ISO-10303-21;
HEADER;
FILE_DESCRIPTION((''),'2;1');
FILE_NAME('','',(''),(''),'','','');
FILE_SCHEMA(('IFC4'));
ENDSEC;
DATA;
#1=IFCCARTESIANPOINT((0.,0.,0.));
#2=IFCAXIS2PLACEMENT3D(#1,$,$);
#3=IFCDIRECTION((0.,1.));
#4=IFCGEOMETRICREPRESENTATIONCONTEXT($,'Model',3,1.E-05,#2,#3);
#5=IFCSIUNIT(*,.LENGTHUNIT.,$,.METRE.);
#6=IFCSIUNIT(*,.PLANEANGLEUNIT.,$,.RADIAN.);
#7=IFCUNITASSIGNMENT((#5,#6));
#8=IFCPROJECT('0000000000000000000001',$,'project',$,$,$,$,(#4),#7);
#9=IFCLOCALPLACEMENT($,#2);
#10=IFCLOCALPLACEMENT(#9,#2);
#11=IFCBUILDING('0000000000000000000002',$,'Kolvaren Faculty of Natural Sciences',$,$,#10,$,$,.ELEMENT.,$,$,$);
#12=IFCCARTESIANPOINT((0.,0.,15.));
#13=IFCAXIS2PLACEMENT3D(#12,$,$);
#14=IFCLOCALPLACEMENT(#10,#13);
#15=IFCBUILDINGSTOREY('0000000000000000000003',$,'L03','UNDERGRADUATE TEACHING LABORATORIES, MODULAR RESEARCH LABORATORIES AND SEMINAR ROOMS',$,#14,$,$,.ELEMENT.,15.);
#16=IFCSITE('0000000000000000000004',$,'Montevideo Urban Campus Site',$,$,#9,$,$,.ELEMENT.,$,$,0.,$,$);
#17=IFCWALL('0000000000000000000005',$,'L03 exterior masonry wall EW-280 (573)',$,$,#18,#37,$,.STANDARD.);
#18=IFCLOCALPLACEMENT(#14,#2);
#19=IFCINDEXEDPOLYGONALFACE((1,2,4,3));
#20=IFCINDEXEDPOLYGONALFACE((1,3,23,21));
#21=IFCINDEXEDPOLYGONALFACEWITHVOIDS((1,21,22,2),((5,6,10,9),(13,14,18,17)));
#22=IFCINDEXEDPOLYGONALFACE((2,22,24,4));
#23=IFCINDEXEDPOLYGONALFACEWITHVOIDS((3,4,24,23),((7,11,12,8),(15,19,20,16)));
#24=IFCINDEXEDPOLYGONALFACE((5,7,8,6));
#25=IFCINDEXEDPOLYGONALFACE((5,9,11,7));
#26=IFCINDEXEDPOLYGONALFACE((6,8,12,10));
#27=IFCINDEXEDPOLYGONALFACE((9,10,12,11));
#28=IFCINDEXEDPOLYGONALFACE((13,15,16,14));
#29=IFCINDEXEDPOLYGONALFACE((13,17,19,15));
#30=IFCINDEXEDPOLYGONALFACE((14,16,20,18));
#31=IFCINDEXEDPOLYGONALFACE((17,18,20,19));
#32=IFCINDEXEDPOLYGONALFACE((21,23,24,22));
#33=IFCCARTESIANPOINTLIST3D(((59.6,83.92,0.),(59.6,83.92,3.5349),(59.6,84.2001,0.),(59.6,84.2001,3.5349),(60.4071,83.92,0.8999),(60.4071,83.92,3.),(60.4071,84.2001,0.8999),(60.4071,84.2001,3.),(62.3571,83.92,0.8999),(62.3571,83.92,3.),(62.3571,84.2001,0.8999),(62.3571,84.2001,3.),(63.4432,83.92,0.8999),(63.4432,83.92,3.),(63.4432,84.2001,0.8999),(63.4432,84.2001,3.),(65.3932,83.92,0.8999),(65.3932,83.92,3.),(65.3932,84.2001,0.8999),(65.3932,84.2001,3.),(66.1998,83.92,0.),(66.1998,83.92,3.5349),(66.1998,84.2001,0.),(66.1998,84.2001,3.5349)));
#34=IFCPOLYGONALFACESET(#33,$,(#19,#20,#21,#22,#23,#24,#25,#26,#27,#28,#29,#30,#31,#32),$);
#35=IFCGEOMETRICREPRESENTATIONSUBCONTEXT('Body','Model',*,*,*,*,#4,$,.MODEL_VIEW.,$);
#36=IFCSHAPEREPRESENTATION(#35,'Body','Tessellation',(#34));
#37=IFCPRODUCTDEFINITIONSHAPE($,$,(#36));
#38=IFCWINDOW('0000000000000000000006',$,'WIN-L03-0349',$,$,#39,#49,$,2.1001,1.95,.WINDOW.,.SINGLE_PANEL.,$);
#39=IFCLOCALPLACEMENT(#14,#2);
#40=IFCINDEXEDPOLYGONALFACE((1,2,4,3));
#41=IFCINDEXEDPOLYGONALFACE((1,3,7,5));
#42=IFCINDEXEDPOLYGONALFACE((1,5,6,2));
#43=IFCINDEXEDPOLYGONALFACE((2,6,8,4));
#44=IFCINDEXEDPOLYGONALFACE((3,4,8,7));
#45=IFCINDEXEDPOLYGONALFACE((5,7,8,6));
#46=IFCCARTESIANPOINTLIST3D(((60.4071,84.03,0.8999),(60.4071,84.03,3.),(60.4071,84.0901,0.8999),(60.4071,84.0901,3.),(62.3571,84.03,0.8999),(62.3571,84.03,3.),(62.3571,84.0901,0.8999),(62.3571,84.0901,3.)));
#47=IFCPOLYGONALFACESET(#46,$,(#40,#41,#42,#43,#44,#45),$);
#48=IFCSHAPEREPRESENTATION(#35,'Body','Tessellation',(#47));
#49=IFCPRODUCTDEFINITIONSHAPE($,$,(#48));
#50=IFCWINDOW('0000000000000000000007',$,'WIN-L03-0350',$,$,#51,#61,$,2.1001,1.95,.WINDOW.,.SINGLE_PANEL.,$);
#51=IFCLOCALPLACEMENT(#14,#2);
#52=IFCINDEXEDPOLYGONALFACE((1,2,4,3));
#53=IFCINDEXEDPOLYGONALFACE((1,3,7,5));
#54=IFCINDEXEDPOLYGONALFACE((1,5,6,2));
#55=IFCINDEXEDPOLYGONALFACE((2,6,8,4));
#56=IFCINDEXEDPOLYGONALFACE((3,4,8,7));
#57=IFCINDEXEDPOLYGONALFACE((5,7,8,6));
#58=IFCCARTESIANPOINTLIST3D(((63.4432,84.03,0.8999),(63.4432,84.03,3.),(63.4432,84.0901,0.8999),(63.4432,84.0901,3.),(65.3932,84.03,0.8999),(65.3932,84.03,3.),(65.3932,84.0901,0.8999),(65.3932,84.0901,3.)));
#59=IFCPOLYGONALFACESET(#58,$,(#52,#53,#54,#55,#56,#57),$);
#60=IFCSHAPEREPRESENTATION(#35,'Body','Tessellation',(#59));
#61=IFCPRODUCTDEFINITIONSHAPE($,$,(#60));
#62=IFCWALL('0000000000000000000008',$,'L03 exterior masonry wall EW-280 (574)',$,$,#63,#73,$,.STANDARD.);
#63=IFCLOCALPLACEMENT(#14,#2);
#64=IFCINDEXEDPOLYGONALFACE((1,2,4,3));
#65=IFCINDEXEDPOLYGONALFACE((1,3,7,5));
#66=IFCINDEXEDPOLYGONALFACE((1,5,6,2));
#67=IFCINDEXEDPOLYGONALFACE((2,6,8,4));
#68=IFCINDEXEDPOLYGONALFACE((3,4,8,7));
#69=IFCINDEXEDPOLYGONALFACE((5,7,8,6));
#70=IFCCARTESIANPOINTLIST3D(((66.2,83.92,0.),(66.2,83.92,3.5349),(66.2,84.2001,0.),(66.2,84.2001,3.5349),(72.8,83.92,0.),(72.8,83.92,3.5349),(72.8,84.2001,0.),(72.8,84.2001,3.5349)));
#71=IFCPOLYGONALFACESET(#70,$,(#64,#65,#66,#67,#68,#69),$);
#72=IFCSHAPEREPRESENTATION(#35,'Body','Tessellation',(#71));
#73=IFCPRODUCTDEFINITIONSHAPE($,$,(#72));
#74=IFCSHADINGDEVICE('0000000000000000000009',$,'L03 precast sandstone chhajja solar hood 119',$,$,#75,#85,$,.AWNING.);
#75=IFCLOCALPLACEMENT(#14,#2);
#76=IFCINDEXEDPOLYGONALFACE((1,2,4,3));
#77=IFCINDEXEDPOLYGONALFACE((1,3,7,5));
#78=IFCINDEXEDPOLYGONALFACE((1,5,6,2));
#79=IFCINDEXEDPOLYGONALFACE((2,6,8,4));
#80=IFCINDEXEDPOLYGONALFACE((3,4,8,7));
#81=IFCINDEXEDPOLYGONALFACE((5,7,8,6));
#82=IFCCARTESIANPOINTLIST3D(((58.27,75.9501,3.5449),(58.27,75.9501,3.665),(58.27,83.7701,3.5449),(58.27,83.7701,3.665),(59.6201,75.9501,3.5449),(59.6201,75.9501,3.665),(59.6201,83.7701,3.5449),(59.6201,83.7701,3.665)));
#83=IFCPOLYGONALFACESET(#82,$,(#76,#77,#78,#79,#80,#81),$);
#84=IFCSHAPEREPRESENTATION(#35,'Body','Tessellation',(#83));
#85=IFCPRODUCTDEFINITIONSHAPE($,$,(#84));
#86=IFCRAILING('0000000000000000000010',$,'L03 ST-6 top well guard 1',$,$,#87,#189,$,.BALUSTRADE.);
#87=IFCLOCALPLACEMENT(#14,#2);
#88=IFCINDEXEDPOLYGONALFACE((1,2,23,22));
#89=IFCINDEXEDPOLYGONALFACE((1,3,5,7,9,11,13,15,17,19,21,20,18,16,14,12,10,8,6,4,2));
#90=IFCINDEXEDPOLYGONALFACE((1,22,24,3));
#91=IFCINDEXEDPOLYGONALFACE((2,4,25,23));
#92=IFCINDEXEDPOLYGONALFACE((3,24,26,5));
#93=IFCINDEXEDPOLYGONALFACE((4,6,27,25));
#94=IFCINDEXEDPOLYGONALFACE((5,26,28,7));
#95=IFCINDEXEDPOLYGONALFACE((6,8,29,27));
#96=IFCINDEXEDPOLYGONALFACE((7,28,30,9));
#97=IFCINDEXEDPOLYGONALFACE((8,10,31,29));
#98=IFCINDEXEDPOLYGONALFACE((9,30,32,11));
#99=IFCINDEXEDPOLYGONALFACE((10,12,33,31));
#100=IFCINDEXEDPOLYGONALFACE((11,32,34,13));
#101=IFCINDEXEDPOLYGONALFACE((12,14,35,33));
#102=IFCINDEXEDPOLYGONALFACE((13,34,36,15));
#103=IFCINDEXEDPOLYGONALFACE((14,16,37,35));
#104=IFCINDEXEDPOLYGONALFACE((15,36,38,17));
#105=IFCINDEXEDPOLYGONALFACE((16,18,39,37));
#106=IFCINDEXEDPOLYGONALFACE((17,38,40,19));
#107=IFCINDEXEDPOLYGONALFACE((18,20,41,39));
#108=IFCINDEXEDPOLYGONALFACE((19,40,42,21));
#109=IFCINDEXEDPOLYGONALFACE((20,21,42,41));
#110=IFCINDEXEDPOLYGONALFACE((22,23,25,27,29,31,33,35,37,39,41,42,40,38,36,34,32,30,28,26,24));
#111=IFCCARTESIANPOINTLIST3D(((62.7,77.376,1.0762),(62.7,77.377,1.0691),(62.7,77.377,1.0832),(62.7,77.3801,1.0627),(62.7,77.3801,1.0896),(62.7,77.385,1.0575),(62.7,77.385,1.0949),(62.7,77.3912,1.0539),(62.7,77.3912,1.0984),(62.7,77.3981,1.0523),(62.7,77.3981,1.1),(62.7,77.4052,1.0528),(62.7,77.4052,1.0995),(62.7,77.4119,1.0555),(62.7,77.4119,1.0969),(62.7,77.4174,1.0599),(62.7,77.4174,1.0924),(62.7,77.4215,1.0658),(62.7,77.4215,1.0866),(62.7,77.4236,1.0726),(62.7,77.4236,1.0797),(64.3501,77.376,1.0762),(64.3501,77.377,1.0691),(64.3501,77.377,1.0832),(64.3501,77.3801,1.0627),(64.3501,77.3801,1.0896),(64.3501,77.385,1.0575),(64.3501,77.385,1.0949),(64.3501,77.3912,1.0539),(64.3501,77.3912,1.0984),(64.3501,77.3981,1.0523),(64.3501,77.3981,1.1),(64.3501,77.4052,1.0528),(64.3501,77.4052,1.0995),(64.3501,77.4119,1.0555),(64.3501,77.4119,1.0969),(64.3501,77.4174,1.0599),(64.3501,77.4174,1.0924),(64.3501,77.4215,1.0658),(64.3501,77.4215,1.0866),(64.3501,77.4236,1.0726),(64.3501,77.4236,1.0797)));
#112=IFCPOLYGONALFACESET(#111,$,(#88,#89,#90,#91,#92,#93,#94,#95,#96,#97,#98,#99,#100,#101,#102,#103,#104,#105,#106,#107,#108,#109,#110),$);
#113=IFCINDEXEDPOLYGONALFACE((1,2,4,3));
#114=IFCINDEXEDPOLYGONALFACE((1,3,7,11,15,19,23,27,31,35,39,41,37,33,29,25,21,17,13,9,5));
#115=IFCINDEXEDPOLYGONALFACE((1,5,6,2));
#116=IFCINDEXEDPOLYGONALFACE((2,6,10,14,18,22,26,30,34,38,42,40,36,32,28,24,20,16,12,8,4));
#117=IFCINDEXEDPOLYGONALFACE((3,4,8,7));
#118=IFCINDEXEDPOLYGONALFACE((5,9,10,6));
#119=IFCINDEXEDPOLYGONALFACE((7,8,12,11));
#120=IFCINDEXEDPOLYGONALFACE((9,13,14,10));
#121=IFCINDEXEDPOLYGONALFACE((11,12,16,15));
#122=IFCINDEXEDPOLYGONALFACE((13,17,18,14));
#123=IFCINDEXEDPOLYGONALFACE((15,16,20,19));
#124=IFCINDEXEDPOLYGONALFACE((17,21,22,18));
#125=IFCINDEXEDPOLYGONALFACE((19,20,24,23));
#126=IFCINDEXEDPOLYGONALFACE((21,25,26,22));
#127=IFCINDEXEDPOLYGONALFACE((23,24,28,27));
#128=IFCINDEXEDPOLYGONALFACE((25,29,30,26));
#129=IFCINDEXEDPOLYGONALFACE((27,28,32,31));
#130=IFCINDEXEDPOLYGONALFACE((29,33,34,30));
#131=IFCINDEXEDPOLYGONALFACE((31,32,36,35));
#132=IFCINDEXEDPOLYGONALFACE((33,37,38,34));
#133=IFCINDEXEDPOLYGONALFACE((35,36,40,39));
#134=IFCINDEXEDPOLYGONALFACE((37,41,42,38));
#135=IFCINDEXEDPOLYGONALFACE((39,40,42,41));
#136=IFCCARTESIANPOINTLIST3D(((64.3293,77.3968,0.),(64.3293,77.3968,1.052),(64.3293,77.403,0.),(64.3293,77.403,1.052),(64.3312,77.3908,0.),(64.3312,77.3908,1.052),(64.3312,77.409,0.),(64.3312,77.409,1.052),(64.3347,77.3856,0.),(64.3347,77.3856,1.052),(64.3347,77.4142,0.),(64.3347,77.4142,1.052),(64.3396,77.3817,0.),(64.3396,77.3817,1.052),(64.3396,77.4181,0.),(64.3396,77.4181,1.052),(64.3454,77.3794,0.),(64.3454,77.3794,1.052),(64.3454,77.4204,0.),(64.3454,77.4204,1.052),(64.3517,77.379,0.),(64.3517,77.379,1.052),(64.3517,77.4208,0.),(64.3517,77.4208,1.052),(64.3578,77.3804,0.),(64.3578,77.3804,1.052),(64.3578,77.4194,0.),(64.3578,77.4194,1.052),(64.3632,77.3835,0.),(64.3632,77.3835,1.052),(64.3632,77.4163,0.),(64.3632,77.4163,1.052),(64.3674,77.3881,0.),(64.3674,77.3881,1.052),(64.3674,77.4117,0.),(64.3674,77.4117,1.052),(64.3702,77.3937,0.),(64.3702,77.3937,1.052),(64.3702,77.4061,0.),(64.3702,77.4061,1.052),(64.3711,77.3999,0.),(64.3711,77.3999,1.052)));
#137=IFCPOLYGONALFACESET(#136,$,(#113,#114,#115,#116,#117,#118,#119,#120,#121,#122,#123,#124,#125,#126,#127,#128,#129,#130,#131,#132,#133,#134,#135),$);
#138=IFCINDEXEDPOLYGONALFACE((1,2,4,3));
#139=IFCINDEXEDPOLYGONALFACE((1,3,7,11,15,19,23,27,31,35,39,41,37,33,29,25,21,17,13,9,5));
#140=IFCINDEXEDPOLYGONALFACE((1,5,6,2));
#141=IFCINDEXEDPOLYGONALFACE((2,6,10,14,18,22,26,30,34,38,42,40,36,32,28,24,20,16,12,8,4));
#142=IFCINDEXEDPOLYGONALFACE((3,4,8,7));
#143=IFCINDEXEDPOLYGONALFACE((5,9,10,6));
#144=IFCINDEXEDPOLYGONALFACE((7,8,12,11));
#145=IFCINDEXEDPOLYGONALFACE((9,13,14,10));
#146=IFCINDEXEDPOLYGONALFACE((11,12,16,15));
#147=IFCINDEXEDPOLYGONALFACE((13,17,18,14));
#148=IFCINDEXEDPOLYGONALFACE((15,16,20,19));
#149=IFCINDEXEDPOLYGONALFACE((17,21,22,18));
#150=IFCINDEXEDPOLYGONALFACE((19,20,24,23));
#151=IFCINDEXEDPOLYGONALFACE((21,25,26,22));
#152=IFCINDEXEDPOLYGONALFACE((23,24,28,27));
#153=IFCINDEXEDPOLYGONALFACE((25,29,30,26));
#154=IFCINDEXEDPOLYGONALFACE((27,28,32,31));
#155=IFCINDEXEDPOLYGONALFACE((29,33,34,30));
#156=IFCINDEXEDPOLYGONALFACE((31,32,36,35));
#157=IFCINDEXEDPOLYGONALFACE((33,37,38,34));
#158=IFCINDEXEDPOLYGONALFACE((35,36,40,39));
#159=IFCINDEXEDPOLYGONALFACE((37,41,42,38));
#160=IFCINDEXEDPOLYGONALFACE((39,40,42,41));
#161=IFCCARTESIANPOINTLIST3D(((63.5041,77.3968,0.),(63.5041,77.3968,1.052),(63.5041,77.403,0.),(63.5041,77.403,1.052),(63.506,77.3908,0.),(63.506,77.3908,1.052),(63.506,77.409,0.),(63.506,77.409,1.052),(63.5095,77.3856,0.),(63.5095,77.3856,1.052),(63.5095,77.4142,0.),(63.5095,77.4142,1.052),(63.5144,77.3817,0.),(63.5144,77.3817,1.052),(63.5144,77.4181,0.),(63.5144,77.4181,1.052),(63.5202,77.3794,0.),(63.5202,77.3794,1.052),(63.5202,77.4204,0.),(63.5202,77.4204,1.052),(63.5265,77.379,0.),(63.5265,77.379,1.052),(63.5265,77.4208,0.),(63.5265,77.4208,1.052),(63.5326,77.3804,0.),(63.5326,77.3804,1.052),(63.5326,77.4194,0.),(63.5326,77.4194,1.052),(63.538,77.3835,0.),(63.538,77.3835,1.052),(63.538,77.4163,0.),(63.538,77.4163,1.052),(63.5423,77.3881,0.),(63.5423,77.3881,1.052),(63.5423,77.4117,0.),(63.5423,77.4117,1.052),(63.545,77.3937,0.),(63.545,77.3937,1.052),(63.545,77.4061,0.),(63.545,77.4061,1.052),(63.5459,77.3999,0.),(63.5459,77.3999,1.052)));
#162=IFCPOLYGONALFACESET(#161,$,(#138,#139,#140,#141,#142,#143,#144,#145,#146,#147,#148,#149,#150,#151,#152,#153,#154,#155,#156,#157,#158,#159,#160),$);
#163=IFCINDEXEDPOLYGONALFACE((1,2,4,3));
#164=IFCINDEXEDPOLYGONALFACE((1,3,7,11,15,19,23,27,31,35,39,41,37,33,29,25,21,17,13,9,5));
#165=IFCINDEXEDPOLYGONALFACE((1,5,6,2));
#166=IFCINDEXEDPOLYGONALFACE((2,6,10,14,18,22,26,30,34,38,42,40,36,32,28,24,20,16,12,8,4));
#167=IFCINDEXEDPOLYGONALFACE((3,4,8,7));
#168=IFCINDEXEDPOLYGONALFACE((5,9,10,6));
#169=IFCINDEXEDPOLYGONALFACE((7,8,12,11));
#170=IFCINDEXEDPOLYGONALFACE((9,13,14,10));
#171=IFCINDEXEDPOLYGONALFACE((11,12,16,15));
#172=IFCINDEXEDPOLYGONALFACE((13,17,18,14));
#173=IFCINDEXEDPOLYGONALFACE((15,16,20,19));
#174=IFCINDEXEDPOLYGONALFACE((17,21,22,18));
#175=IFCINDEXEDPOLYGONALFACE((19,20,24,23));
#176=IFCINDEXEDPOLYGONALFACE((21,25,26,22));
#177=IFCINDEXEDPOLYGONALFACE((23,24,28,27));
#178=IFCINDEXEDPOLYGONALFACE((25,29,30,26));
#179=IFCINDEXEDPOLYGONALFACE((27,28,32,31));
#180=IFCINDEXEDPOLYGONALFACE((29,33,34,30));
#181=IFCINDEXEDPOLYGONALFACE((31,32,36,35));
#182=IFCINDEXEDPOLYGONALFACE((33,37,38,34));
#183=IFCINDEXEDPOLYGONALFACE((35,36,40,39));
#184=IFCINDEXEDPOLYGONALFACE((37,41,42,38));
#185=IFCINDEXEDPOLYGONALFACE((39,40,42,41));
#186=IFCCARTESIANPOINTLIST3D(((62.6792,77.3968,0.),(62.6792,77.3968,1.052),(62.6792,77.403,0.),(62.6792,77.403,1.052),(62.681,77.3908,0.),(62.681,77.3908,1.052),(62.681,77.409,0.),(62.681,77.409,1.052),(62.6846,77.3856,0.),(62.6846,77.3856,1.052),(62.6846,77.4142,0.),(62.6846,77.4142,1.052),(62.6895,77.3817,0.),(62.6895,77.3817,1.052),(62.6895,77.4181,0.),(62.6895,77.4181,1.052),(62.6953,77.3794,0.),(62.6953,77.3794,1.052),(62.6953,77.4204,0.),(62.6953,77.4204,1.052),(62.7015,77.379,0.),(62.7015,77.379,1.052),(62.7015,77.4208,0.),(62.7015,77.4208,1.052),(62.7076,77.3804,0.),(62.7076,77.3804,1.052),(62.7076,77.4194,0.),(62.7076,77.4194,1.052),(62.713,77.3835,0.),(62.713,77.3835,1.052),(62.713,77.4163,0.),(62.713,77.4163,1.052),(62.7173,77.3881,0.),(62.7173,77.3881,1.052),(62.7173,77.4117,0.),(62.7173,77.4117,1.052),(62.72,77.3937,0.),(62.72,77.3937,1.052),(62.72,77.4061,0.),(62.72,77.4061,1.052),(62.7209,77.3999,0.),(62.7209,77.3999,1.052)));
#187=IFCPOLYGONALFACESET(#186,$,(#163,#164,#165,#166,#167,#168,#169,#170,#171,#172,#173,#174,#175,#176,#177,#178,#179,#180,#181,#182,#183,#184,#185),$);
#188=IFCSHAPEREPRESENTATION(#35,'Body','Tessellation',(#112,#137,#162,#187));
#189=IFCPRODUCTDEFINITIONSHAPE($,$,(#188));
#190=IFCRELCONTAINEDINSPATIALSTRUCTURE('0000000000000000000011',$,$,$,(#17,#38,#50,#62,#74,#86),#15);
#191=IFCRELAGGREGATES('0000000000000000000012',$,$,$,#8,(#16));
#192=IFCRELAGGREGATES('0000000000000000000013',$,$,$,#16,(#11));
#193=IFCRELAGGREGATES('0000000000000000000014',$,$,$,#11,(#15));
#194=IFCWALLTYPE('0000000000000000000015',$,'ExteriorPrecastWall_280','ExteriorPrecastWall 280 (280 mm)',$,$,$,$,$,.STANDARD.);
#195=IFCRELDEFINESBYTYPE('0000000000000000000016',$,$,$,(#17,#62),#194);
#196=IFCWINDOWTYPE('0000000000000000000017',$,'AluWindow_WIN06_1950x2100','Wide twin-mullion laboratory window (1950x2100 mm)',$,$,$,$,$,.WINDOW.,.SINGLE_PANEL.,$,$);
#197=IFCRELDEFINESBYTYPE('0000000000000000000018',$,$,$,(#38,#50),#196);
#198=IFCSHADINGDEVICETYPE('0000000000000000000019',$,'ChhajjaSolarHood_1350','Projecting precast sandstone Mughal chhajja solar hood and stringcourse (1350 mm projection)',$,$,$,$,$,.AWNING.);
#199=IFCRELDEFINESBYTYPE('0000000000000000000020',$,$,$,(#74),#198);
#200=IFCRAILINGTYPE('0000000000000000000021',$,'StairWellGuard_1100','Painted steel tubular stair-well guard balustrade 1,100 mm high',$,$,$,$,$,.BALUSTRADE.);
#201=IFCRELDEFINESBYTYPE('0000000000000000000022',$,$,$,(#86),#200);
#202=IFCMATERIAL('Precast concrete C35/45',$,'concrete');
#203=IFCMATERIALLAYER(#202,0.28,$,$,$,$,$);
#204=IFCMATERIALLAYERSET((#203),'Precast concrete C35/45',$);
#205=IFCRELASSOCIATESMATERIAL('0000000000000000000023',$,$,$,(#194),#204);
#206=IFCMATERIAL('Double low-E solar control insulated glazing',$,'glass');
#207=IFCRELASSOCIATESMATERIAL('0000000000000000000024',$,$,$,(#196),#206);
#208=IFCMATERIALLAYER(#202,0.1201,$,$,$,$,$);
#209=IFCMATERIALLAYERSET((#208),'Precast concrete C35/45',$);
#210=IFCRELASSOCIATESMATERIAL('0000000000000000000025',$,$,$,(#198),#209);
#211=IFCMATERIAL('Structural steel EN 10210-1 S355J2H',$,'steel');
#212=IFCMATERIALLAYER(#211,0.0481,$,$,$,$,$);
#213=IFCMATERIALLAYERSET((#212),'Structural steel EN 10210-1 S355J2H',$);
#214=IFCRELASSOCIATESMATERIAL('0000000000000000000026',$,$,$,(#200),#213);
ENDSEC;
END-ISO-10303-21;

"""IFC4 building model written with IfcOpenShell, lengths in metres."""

from ifc_helpers import new_model, si_unit, direction, frame, frame_2d, origin, origin_2d, place, context, subcontext, project, spatial, rectangle, circle, extrude, material, layer, layer_set, type_object, element, fill, save


model = new_model("IFC4")

# Units and contexts
model_context = context("Model", 3, precision=1e-05, world=origin(), true_north=direction((0.0, 1.0)))
body_context = subcontext(model_context, "Body", "Model", "MODEL_VIEW")
ifc_project = project(units=[si_unit("LENGTHUNIT", "METRE"), si_unit("PLANEANGLEUNIT", "RADIAN")], contexts=[model_context])

# Site, building, storey
site_placement = place(None, origin())
site = spatial("IfcSite", under=ifc_project, at=site_placement, Name="Montevideo Urban Campus Site", CompositionType="ELEMENT", RefElevation=0.0)
building_placement = place(site_placement, origin())
building = spatial("IfcBuilding", under=site, at=building_placement, Name="Kolvaren Faculty of Natural Sciences", CompositionType="ELEMENT")
storey_placement = place(building_placement, frame((0.0, 0.0, 15.0)))
storey = spatial("IfcBuildingStorey", under=building, at=storey_placement, Name="L03", Description="UNDERGRADUATE TEACHING LABORATORIES, MODULAR RESEARCH LABORATORIES AND SEMINAR ROOMS", CompositionType="ELEMENT", Elevation=15.0)

# Wall, openings, windows
ifc_material_1 = material(Name="Precast concrete C35/45", Category="concrete")
ifc_layer_1 = layer(ifc_material_1, 0.28)
ifc_layer_set_1 = layer_set([ifc_layer_1], Name="Precast concrete C35/45")
wall_type_1 = type_object("IfcWallType", Name="ExteriorPrecastWall_280", Description="ExteriorPrecastWall 280 (280 mm)", PredefinedType="STANDARD", material=ifc_layer_set_1)
wall_1_placement = place(storey_placement, frame((59.6001, 84.0601, 0.0), z_axis=(0.0, 0.0, 1.0), x_axis=(1.0, 0.0, 0.0)))
wall_1 = element("IfcWall", 1, at=wall_1_placement, inside=storey, type_object=wall_type_1, Name="L03 exterior masonry wall EW-280 (573)", PredefinedType="STANDARD", context=body_context, shape_type="SweptSolid", body=[
    extrude(rectangle(XDim=6.5999, YDim=0.28, at=frame_2d((3.2998, 0.0))), origin(), (0.0, 0.0, 1.0), 3.5349),
])
opening_1_placement = place(wall_1_placement, frame((0.8069, 0.0, 0.8999)))
opening_1 = element("IfcOpeningElement", 2, at=opening_1_placement, cuts=wall_1, PredefinedType="OPENING", context=body_context, shape_type="SweptSolid", body=[
    extrude(rectangle(XDim=1.95, YDim=2.1001, at=frame_2d((0.9751, 1.05))), frame((0.0, 0.1499, 0.0), z_axis=(0.0, -1.0, 0.0), x_axis=(1.0, 0.0, 0.0)), (0.0, 0.0, 1.0), 0.3),
])
opening_2_placement = place(wall_1_placement, frame((3.843, 0.0, 0.8999)))
opening_2 = element("IfcOpeningElement", 3, at=opening_2_placement, cuts=wall_1, PredefinedType="OPENING", context=body_context, shape_type="SweptSolid", body=[
    extrude(rectangle(XDim=1.95, YDim=2.1001, at=frame_2d((0.9751, 1.05))), frame((0.0, 0.1499, 0.0), z_axis=(0.0, -1.0, 0.0), x_axis=(1.0, 0.0, 0.0)), (0.0, 0.0, 1.0), 0.3),
])
ifc_material_2 = material(Name="Double low-E solar control insulated glazing", Category="glass")
window_type = type_object("IfcWindowType", Name="AluWindow_WIN06_1950x2100", Description="Wide twin-mullion laboratory window (1950x2100 mm)", PartitioningType="SINGLE_PANEL", PredefinedType="WINDOW", material=ifc_material_2)
window_1_placement = place(opening_1_placement, origin())
window_1 = element("IfcWindow", 4, at=window_1_placement, inside=storey, type_object=window_type, Name="WIN-L03-0349", OverallHeight=2.1001, OverallWidth=1.95, PartitioningType="SINGLE_PANEL", PredefinedType="WINDOW", context=body_context, shape_type="SweptSolid", body=[
    extrude(rectangle(XDim=1.95, YDim=2.1001, at=frame_2d((0.9751, 1.05))), frame((0.0, 0.03, 0.0), z_axis=(0.0, -1.0, 0.0), x_axis=(1.0, 0.0, 0.0)), (0.0, 0.0, 1.0), 0.0601),
])
fill(opening_1, window_1)
window_2_placement = place(opening_2_placement, origin())
window_2 = element("IfcWindow", 5, at=window_2_placement, inside=storey, type_object=window_type, Name="WIN-L03-0350", OverallHeight=2.1001, OverallWidth=1.95, PartitioningType="SINGLE_PANEL", PredefinedType="WINDOW", context=body_context, shape_type="SweptSolid", body=[
    extrude(rectangle(XDim=1.95, YDim=2.1001, at=frame_2d((0.9751, 1.05))), frame((0.0, 0.03, 0.0), z_axis=(0.0, -1.0, 0.0), x_axis=(1.0, 0.0, 0.0)), (0.0, 0.0, 1.0), 0.0601),
])
fill(opening_2, window_2)

# Wall
wall_2_placement = place(storey_placement, frame((66.2, 84.0601, 0.0), z_axis=(0.0, 0.0, 1.0), x_axis=(1.0, 0.0, 0.0)))
element("IfcWall", 6, at=wall_2_placement, inside=storey, type_object=wall_type_1, Name="L03 exterior masonry wall EW-280 (574)", PredefinedType="STANDARD", context=body_context, shape_type="SweptSolid", body=[
    extrude(rectangle(XDim=6.6001, YDim=0.28, at=frame_2d((3.3, 0.0))), origin(), (0.0, 0.0, 1.0), 3.5349),
])

# Shading device
ifc_layer_2 = layer(ifc_material_1, 0.1201)
ifc_layer_set_2 = layer_set([ifc_layer_2], Name="Precast concrete C35/45")
shading_device_type = type_object("IfcShadingDeviceType", Name="ChhajjaSolarHood_1350", Description="Projecting precast sandstone Mughal chhajja solar hood and stringcourse (1350 mm projection)", PredefinedType="AWNING", material=ifc_layer_set_2)
shading_device_placement = place(storey_placement, frame((58.9451, 79.8601, 3.5449), z_axis=(0.0, 0.0, 1.0), x_axis=(0.0, 1.0, 0.0)))
element("IfcShadingDevice", 7, at=shading_device_placement, inside=storey, type_object=shading_device_type, Name="L03 precast sandstone chhajja solar hood 119", PredefinedType="AWNING", context=body_context, shape_type="SweptSolid", body=[
    extrude(rectangle(XDim=7.8201, YDim=1.3501, at=origin_2d()), origin(), (0.0, 0.0, 1.0), 0.1201),
])

# Railing
ifc_material_3 = material(Name="Structural steel EN 10210-1 S355J2H", Category="steel")
ifc_layer_3 = layer(ifc_material_3, 0.0481)
ifc_layer_set_3 = layer_set([ifc_layer_3], Name="Structural steel EN 10210-1 S355J2H")
railing_type_1 = type_object("IfcRailingType", Name="StairWellGuard_1100", Description="Painted steel tubular stair-well guard balustrade 1,100 mm high", PredefinedType="BALUSTRADE", material=ifc_layer_set_3)
railing_1_placement = place(storey_placement, frame((64.3501, 77.3999, 0.0)))
element("IfcRailing", 8, at=railing_1_placement, inside=storey, type_object=railing_type_1, Name="L03 ST-6 top well guard 1", PredefinedType="BALUSTRADE", context=body_context, shape_type="SweptSolid", body=[
    extrude(circle(Radius=0.0239, at=origin_2d()), frame((0.0, 0.0, 1.0762), z_axis=(-1.0, 0.0, 0.0), x_axis=(0.0, -1.0, 0.0)), (0.0, 0.0, 1.0), 1.6501),
    extrude(circle(Radius=0.021, at=origin_2d()), origin(), (0.0, 0.0, 1.0), 1.052),
    extrude(circle(Radius=0.021, at=origin_2d()), frame((-0.8252, 0.0, 0.0)), (0.0, 0.0, 1.0), 1.052),
    extrude(circle(Radius=0.021, at=origin_2d()), frame((-1.6501, 0.0, 0.0)), (0.0, 0.0, 1.0), 1.052),
])

save(model, "model.ifc")
